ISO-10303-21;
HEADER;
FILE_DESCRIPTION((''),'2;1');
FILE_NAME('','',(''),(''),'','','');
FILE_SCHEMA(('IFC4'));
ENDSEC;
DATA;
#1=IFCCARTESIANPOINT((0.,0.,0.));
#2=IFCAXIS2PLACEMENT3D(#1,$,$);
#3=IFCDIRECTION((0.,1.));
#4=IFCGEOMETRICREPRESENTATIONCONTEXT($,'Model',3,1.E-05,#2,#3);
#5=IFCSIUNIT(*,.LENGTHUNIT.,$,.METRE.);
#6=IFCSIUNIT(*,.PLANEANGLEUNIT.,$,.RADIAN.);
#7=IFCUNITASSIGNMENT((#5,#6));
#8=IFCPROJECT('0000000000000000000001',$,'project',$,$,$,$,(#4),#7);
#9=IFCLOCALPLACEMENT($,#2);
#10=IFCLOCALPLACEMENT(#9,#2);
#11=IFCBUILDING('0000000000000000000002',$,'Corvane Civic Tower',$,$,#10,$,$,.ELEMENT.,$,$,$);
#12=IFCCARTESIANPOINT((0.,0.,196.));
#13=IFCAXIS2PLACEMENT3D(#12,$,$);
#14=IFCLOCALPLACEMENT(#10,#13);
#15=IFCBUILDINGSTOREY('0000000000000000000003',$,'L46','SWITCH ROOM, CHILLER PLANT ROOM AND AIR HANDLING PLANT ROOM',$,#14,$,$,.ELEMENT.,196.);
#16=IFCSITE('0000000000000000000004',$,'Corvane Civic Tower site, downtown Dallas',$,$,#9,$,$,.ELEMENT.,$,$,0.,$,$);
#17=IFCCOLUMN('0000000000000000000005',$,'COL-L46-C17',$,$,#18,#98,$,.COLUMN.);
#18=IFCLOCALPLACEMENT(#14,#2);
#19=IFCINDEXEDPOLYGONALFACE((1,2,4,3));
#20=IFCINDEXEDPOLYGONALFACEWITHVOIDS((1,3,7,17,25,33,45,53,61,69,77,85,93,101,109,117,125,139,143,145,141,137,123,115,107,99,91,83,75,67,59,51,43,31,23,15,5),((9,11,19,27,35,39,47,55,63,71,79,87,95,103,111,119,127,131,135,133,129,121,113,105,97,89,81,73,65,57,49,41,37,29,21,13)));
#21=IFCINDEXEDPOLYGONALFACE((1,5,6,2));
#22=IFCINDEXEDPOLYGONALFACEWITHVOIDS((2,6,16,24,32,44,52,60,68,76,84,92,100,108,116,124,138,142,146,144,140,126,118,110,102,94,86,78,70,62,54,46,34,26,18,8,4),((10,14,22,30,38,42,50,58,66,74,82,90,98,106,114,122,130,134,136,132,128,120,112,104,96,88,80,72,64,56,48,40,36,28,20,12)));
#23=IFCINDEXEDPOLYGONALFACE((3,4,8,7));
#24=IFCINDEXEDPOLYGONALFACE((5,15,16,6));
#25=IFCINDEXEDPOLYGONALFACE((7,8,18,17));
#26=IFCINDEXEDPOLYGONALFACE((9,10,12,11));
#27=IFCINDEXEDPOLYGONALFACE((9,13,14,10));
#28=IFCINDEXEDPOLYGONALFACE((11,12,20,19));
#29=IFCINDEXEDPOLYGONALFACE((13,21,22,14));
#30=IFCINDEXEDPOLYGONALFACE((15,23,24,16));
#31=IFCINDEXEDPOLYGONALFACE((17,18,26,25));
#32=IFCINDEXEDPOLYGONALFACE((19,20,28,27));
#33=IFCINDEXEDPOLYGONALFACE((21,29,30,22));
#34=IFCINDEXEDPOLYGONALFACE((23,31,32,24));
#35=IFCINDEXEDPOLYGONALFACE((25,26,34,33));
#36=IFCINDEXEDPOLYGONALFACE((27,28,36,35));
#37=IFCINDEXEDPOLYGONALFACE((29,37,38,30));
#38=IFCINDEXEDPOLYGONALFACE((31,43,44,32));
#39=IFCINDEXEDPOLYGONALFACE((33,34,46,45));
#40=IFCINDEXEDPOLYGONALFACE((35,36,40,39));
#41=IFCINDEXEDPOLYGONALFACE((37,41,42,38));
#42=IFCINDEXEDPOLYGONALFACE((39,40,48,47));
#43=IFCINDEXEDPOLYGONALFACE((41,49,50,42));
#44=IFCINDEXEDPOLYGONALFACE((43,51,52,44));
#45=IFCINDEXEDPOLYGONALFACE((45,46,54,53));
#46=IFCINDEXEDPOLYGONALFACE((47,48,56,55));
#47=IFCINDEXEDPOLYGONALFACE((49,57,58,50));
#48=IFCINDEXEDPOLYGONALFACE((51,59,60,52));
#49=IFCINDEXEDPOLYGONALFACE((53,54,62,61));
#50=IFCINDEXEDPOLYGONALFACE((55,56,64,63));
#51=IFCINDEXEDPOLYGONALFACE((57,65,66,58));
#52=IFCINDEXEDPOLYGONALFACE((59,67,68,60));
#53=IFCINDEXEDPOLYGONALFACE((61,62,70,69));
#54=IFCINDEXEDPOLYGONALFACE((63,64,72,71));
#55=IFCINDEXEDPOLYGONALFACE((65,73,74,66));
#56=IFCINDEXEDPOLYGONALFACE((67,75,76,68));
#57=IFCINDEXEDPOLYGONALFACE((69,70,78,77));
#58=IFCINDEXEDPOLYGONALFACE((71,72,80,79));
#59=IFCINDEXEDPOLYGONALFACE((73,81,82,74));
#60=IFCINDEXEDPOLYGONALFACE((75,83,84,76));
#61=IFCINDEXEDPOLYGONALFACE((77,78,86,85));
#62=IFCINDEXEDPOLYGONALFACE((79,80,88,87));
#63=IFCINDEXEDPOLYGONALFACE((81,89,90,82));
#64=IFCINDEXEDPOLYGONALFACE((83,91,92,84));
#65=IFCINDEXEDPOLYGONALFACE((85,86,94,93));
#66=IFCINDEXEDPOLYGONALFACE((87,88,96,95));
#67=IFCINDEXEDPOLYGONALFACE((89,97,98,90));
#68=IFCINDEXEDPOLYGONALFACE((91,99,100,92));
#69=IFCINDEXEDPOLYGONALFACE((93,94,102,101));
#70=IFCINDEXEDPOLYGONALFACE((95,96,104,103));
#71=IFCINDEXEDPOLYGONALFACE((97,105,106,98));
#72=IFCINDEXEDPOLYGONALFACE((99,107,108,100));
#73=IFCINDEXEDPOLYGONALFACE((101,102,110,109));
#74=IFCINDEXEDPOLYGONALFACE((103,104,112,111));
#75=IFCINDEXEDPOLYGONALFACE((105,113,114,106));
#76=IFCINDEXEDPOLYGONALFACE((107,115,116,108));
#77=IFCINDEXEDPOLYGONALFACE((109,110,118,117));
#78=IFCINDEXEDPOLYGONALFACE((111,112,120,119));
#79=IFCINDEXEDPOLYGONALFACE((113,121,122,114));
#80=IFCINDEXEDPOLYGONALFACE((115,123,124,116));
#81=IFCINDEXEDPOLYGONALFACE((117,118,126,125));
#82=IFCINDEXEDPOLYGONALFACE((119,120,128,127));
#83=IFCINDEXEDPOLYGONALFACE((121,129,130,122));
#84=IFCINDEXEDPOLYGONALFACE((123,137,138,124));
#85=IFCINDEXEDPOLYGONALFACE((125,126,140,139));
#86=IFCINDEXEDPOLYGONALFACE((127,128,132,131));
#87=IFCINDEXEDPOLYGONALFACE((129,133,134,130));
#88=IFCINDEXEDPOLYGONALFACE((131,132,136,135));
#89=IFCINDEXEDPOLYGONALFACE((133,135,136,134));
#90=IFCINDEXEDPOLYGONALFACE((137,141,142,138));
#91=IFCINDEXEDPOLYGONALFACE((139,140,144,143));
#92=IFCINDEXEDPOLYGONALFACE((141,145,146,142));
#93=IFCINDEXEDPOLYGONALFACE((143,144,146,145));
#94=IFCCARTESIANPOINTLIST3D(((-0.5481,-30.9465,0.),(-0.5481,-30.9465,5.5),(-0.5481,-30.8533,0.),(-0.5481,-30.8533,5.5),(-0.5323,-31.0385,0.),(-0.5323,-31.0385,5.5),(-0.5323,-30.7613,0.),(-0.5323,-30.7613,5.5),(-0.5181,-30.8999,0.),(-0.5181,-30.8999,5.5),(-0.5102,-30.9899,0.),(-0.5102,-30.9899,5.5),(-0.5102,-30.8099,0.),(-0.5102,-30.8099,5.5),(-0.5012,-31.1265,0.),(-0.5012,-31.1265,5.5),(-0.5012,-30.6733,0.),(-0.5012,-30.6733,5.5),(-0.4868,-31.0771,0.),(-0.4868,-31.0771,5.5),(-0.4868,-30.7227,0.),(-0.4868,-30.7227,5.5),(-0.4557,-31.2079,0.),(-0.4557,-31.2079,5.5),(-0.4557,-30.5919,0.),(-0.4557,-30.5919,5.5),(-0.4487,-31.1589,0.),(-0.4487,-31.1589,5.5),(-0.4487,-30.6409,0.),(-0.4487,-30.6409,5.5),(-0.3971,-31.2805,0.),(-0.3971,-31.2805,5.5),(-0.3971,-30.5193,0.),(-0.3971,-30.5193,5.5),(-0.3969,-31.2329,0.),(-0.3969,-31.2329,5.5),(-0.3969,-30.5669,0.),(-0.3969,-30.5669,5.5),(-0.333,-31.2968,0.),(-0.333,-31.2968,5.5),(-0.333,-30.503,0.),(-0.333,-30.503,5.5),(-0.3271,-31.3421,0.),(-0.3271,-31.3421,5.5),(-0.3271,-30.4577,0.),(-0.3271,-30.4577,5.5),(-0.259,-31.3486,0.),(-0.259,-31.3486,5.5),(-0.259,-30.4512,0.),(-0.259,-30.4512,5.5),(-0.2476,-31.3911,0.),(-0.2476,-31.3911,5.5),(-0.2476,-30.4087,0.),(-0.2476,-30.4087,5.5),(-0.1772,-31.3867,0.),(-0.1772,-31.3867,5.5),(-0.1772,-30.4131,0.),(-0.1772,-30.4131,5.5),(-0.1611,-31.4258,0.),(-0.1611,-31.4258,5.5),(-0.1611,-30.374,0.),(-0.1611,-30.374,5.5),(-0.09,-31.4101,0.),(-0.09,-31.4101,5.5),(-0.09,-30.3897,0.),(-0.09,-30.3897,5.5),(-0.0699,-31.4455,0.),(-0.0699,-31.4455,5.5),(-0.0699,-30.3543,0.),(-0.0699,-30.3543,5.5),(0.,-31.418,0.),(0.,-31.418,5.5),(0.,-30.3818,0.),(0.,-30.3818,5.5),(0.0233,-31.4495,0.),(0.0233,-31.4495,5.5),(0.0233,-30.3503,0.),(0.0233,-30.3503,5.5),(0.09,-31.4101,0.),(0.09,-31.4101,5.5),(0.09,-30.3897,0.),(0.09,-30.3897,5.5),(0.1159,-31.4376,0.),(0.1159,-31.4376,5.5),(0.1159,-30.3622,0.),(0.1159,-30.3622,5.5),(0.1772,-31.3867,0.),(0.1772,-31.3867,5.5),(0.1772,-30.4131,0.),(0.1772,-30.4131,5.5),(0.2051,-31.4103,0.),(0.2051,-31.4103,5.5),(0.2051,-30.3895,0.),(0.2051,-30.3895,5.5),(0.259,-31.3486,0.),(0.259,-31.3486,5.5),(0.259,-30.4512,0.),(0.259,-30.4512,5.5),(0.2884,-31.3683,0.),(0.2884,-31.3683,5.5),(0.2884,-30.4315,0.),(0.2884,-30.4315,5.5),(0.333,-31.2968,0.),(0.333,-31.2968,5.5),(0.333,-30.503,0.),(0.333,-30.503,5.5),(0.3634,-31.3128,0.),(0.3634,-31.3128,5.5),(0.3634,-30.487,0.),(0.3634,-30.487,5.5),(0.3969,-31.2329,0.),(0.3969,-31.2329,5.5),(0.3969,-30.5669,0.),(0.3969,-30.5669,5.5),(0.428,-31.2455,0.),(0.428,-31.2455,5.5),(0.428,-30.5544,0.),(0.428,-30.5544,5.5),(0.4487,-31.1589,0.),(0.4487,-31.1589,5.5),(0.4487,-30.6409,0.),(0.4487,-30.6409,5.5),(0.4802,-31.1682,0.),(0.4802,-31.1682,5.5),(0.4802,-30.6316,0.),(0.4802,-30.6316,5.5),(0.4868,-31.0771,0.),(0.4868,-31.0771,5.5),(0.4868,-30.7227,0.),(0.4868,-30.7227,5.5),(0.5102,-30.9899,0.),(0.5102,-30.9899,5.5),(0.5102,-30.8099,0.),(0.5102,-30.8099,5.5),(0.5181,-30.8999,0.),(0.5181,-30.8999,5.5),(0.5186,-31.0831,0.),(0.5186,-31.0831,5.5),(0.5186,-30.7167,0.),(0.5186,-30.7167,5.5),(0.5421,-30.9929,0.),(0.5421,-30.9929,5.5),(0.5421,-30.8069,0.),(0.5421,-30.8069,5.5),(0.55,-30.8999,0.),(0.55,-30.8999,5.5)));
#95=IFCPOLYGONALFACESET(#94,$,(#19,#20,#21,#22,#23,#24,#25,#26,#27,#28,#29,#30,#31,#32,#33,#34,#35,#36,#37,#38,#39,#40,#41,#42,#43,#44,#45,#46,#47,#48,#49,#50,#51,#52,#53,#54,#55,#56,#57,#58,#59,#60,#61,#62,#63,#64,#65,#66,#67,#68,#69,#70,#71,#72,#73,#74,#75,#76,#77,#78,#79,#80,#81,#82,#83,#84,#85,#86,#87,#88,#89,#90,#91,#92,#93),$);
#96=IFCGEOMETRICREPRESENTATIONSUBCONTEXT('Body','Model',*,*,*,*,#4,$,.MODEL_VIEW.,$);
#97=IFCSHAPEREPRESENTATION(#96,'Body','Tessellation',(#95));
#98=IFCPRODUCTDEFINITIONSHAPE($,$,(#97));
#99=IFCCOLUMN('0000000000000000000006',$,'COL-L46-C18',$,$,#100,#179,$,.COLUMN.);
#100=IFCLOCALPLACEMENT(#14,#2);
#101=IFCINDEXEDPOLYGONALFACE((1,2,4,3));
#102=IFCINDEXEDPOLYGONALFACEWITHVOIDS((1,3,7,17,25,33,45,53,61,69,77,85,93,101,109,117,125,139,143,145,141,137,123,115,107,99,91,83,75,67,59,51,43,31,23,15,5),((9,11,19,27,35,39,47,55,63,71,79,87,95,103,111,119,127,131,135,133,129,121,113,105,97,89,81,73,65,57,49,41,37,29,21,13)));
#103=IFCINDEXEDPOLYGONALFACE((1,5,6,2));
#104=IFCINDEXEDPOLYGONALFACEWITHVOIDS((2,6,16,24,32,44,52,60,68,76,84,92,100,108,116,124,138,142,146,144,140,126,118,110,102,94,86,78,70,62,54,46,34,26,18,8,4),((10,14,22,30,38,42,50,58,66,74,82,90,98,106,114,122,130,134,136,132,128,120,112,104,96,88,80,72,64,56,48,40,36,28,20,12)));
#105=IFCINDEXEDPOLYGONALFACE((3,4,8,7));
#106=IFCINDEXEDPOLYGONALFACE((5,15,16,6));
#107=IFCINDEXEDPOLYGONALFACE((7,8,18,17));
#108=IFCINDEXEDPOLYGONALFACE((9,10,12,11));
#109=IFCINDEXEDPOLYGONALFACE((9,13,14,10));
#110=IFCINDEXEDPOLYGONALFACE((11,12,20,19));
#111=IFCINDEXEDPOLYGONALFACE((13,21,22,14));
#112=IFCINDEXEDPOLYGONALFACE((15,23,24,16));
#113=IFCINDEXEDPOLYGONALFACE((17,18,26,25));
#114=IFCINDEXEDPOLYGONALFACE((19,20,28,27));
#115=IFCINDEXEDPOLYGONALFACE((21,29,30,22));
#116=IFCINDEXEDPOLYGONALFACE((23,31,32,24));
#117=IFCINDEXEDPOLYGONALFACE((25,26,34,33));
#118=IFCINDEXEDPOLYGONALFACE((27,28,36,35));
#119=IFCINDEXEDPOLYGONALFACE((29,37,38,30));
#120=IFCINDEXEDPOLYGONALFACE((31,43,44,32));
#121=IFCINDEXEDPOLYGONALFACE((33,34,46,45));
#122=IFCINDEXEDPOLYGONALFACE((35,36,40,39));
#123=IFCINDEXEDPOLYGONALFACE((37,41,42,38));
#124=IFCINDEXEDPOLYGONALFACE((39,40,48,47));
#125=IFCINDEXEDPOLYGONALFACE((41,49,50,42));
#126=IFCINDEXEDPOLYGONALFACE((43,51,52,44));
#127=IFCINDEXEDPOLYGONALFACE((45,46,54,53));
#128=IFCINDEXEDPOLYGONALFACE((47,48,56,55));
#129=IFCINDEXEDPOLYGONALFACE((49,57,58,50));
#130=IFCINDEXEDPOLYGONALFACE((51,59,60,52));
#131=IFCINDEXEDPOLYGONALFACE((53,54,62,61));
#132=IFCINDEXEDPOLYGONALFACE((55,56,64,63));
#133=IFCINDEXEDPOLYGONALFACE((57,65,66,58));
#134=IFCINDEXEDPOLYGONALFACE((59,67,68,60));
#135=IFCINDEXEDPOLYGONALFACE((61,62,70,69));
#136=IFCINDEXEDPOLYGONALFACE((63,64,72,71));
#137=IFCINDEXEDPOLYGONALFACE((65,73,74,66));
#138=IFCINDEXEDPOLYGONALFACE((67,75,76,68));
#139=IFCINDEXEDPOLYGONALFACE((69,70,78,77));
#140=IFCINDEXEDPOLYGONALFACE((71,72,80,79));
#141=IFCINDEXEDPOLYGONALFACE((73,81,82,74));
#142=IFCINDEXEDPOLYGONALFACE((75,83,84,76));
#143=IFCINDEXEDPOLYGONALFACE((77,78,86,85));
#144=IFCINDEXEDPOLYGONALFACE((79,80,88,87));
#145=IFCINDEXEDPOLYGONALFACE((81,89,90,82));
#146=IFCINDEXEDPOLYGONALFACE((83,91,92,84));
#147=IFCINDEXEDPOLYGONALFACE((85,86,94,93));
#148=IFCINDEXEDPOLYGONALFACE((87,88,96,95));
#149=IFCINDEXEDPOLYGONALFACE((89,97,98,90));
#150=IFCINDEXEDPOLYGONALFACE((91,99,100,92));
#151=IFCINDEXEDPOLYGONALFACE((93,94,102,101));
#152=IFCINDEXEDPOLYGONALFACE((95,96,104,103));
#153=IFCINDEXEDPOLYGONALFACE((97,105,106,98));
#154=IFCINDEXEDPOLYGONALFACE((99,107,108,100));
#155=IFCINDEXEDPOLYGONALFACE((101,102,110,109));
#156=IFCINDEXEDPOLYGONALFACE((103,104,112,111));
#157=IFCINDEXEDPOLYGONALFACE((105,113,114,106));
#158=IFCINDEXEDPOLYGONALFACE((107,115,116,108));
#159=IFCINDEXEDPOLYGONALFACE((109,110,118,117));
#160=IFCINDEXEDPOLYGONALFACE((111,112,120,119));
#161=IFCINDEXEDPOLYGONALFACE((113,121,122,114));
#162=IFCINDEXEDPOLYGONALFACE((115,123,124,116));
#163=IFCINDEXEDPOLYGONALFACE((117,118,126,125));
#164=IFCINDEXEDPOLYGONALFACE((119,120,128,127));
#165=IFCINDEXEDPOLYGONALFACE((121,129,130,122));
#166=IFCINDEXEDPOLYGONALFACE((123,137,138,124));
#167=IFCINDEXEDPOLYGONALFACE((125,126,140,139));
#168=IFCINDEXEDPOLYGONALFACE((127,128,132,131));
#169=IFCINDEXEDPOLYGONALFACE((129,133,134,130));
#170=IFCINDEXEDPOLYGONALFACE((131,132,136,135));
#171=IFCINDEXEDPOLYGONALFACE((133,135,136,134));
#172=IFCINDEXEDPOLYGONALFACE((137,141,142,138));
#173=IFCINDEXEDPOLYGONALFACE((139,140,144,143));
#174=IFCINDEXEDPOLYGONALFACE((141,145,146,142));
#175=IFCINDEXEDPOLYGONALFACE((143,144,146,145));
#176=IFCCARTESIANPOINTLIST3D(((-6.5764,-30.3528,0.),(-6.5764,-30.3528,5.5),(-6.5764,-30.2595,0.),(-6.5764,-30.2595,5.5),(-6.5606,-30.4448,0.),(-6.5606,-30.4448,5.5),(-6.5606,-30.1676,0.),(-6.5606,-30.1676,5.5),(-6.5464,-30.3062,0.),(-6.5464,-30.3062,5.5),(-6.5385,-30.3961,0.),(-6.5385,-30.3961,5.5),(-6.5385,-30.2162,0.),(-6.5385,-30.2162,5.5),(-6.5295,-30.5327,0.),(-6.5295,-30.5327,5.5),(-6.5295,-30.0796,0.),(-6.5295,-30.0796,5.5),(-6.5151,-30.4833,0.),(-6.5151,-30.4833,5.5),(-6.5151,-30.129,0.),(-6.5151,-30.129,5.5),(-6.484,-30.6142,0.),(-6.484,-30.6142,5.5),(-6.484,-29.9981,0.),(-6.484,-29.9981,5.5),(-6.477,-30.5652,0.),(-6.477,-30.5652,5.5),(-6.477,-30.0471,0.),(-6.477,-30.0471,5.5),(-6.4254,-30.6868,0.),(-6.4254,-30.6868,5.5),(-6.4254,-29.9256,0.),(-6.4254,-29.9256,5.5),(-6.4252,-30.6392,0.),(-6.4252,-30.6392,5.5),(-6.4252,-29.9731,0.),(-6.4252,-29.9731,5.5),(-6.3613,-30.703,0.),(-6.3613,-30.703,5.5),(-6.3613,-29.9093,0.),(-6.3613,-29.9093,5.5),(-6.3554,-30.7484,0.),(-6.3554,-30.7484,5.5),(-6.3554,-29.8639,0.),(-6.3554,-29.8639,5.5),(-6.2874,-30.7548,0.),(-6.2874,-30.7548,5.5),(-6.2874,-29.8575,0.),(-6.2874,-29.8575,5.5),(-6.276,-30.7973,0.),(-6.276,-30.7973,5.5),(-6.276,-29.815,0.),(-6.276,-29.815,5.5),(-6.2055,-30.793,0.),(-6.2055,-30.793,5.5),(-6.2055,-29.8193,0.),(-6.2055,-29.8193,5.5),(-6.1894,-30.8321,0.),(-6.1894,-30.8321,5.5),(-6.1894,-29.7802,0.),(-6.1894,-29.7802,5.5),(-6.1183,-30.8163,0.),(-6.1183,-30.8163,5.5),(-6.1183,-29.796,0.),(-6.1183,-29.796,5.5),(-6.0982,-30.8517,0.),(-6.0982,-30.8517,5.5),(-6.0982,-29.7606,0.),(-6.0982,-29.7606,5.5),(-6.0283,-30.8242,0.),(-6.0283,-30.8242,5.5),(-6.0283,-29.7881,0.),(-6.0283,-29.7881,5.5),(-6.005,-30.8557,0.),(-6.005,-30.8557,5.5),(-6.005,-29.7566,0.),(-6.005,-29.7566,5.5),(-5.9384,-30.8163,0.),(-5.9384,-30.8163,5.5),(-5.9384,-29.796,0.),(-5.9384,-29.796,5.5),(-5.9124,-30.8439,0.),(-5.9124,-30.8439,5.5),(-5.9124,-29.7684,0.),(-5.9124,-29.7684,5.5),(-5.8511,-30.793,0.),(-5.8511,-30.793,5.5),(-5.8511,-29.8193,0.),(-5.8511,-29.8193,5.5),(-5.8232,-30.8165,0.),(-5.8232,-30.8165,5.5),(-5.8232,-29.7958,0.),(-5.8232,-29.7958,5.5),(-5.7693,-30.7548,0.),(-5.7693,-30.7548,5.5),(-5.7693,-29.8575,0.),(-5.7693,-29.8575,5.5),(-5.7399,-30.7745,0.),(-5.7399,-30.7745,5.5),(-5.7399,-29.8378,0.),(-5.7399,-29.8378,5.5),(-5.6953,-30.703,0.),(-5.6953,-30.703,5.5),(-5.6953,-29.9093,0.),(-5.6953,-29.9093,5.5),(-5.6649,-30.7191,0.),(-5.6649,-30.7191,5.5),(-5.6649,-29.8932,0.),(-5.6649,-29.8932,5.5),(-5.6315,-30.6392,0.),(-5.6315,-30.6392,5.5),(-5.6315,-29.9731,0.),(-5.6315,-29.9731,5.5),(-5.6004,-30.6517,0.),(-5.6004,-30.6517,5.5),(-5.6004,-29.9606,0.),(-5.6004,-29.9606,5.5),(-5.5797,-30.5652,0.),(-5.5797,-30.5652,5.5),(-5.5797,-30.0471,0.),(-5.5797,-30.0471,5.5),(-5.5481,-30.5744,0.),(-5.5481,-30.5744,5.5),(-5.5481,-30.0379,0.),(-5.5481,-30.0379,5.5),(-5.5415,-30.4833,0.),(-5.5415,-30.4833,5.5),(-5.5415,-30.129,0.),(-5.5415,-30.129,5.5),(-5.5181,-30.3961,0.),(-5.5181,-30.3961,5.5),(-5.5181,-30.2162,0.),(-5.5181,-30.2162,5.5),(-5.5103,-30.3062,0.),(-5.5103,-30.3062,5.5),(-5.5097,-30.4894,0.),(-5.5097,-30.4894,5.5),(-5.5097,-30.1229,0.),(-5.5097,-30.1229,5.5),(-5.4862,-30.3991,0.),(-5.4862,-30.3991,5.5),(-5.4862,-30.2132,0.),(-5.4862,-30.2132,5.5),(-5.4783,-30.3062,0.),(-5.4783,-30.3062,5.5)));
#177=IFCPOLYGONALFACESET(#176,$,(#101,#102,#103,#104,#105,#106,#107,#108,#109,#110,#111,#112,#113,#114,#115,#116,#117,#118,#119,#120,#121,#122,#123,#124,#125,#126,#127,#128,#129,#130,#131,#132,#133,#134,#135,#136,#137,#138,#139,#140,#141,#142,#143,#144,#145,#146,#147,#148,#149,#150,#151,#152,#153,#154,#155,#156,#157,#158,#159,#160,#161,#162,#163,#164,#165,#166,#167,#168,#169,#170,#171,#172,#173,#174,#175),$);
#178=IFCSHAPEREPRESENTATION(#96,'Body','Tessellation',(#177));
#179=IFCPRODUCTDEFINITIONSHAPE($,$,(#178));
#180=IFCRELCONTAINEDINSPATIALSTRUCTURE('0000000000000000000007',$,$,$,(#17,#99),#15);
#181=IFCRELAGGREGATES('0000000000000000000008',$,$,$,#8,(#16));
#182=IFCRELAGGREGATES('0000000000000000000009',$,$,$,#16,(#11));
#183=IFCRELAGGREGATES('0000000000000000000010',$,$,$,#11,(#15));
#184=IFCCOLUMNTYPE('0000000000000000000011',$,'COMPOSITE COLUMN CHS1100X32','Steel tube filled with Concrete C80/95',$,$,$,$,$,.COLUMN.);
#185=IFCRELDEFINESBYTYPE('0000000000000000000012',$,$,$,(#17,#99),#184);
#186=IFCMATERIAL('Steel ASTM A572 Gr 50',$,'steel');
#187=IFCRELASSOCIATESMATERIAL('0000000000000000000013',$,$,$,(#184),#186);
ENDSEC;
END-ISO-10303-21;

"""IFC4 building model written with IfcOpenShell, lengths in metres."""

from ifc_helpers import new_model, si_unit, direction, frame, origin, origin_2d, place, context, subcontext, project, spatial, hollow_circle, extrude, material, material_profile, profile_set, type_object, element, save


model = new_model("IFC4")

# Units and contexts
model_context = context("Model", 3, precision=1e-05, world=origin(), true_north=direction((0.0, 1.0)))
body_context = subcontext(model_context, "Body", "Model", "MODEL_VIEW")
ifc_project = project(units=[si_unit("LENGTHUNIT", "METRE"), si_unit("PLANEANGLEUNIT", "RADIAN")], contexts=[model_context])

# Site, building, storey
site_placement = place(None, origin())
site = spatial("IfcSite", under=ifc_project, at=site_placement, Name="Corvane Civic Tower site, downtown Dallas", CompositionType="ELEMENT", RefElevation=0.0)
building_placement = place(site_placement, origin())
building = spatial("IfcBuilding", under=site, at=building_placement, Name="Corvane Civic Tower", CompositionType="ELEMENT")
storey_placement = place(building_placement, frame((0.0, 0.0, 196.0)))
storey = spatial("IfcBuildingStorey", under=building, at=storey_placement, Name="L46", Description="SWITCH ROOM, CHILLER PLANT ROOM AND AIR HANDLING PLANT ROOM", CompositionType="ELEMENT", Elevation=196.0)

# Columns
ifc_material_1 = material(Name="Steel ASTM A572 Gr 50", Category="steel")
ifc_material_profile_1 = material_profile(ifc_material_1, hollow_circle(Radius=0.55, WallThickness=0.032, at=origin_2d()), Name="CHS1100X32")
ifc_profile_set_1 = profile_set([ifc_material_profile_1], Name="Steel ASTM A572 Gr 50")
column_type_1 = type_object("IfcColumnType", Name="COMPOSITE COLUMN CHS1100X32", Description="Steel tube filled with Concrete C80/95", PredefinedType="COLUMN", material=ifc_profile_set_1)
for number, where, z_axis, x_axis, name in (
    (1, (0.0, -30.8999, 0.0), (0.0, 0.0, 1.0), (1.0, 0.0, 0.0), "COL-L46-C17"),
    (2, (-6.0283, -30.3062, 0.0), (0.0, 0.0, 1.0), (1.0, 0.0, 0.0), "COL-L46-C18"),
):
    element("IfcColumn", number, at=place(storey_placement, frame(where, z_axis=z_axis, x_axis=x_axis)), inside=storey, type_object=column_type_1, Name=name, PredefinedType="COLUMN", context=body_context, shape_type="SweptSolid", body=[
        extrude(hollow_circle(Radius=0.55, WallThickness=0.032, at=origin_2d()), origin(), (0.0, 0.0, 1.0), 5.5),
    ])

save(model, "model.ifc")
